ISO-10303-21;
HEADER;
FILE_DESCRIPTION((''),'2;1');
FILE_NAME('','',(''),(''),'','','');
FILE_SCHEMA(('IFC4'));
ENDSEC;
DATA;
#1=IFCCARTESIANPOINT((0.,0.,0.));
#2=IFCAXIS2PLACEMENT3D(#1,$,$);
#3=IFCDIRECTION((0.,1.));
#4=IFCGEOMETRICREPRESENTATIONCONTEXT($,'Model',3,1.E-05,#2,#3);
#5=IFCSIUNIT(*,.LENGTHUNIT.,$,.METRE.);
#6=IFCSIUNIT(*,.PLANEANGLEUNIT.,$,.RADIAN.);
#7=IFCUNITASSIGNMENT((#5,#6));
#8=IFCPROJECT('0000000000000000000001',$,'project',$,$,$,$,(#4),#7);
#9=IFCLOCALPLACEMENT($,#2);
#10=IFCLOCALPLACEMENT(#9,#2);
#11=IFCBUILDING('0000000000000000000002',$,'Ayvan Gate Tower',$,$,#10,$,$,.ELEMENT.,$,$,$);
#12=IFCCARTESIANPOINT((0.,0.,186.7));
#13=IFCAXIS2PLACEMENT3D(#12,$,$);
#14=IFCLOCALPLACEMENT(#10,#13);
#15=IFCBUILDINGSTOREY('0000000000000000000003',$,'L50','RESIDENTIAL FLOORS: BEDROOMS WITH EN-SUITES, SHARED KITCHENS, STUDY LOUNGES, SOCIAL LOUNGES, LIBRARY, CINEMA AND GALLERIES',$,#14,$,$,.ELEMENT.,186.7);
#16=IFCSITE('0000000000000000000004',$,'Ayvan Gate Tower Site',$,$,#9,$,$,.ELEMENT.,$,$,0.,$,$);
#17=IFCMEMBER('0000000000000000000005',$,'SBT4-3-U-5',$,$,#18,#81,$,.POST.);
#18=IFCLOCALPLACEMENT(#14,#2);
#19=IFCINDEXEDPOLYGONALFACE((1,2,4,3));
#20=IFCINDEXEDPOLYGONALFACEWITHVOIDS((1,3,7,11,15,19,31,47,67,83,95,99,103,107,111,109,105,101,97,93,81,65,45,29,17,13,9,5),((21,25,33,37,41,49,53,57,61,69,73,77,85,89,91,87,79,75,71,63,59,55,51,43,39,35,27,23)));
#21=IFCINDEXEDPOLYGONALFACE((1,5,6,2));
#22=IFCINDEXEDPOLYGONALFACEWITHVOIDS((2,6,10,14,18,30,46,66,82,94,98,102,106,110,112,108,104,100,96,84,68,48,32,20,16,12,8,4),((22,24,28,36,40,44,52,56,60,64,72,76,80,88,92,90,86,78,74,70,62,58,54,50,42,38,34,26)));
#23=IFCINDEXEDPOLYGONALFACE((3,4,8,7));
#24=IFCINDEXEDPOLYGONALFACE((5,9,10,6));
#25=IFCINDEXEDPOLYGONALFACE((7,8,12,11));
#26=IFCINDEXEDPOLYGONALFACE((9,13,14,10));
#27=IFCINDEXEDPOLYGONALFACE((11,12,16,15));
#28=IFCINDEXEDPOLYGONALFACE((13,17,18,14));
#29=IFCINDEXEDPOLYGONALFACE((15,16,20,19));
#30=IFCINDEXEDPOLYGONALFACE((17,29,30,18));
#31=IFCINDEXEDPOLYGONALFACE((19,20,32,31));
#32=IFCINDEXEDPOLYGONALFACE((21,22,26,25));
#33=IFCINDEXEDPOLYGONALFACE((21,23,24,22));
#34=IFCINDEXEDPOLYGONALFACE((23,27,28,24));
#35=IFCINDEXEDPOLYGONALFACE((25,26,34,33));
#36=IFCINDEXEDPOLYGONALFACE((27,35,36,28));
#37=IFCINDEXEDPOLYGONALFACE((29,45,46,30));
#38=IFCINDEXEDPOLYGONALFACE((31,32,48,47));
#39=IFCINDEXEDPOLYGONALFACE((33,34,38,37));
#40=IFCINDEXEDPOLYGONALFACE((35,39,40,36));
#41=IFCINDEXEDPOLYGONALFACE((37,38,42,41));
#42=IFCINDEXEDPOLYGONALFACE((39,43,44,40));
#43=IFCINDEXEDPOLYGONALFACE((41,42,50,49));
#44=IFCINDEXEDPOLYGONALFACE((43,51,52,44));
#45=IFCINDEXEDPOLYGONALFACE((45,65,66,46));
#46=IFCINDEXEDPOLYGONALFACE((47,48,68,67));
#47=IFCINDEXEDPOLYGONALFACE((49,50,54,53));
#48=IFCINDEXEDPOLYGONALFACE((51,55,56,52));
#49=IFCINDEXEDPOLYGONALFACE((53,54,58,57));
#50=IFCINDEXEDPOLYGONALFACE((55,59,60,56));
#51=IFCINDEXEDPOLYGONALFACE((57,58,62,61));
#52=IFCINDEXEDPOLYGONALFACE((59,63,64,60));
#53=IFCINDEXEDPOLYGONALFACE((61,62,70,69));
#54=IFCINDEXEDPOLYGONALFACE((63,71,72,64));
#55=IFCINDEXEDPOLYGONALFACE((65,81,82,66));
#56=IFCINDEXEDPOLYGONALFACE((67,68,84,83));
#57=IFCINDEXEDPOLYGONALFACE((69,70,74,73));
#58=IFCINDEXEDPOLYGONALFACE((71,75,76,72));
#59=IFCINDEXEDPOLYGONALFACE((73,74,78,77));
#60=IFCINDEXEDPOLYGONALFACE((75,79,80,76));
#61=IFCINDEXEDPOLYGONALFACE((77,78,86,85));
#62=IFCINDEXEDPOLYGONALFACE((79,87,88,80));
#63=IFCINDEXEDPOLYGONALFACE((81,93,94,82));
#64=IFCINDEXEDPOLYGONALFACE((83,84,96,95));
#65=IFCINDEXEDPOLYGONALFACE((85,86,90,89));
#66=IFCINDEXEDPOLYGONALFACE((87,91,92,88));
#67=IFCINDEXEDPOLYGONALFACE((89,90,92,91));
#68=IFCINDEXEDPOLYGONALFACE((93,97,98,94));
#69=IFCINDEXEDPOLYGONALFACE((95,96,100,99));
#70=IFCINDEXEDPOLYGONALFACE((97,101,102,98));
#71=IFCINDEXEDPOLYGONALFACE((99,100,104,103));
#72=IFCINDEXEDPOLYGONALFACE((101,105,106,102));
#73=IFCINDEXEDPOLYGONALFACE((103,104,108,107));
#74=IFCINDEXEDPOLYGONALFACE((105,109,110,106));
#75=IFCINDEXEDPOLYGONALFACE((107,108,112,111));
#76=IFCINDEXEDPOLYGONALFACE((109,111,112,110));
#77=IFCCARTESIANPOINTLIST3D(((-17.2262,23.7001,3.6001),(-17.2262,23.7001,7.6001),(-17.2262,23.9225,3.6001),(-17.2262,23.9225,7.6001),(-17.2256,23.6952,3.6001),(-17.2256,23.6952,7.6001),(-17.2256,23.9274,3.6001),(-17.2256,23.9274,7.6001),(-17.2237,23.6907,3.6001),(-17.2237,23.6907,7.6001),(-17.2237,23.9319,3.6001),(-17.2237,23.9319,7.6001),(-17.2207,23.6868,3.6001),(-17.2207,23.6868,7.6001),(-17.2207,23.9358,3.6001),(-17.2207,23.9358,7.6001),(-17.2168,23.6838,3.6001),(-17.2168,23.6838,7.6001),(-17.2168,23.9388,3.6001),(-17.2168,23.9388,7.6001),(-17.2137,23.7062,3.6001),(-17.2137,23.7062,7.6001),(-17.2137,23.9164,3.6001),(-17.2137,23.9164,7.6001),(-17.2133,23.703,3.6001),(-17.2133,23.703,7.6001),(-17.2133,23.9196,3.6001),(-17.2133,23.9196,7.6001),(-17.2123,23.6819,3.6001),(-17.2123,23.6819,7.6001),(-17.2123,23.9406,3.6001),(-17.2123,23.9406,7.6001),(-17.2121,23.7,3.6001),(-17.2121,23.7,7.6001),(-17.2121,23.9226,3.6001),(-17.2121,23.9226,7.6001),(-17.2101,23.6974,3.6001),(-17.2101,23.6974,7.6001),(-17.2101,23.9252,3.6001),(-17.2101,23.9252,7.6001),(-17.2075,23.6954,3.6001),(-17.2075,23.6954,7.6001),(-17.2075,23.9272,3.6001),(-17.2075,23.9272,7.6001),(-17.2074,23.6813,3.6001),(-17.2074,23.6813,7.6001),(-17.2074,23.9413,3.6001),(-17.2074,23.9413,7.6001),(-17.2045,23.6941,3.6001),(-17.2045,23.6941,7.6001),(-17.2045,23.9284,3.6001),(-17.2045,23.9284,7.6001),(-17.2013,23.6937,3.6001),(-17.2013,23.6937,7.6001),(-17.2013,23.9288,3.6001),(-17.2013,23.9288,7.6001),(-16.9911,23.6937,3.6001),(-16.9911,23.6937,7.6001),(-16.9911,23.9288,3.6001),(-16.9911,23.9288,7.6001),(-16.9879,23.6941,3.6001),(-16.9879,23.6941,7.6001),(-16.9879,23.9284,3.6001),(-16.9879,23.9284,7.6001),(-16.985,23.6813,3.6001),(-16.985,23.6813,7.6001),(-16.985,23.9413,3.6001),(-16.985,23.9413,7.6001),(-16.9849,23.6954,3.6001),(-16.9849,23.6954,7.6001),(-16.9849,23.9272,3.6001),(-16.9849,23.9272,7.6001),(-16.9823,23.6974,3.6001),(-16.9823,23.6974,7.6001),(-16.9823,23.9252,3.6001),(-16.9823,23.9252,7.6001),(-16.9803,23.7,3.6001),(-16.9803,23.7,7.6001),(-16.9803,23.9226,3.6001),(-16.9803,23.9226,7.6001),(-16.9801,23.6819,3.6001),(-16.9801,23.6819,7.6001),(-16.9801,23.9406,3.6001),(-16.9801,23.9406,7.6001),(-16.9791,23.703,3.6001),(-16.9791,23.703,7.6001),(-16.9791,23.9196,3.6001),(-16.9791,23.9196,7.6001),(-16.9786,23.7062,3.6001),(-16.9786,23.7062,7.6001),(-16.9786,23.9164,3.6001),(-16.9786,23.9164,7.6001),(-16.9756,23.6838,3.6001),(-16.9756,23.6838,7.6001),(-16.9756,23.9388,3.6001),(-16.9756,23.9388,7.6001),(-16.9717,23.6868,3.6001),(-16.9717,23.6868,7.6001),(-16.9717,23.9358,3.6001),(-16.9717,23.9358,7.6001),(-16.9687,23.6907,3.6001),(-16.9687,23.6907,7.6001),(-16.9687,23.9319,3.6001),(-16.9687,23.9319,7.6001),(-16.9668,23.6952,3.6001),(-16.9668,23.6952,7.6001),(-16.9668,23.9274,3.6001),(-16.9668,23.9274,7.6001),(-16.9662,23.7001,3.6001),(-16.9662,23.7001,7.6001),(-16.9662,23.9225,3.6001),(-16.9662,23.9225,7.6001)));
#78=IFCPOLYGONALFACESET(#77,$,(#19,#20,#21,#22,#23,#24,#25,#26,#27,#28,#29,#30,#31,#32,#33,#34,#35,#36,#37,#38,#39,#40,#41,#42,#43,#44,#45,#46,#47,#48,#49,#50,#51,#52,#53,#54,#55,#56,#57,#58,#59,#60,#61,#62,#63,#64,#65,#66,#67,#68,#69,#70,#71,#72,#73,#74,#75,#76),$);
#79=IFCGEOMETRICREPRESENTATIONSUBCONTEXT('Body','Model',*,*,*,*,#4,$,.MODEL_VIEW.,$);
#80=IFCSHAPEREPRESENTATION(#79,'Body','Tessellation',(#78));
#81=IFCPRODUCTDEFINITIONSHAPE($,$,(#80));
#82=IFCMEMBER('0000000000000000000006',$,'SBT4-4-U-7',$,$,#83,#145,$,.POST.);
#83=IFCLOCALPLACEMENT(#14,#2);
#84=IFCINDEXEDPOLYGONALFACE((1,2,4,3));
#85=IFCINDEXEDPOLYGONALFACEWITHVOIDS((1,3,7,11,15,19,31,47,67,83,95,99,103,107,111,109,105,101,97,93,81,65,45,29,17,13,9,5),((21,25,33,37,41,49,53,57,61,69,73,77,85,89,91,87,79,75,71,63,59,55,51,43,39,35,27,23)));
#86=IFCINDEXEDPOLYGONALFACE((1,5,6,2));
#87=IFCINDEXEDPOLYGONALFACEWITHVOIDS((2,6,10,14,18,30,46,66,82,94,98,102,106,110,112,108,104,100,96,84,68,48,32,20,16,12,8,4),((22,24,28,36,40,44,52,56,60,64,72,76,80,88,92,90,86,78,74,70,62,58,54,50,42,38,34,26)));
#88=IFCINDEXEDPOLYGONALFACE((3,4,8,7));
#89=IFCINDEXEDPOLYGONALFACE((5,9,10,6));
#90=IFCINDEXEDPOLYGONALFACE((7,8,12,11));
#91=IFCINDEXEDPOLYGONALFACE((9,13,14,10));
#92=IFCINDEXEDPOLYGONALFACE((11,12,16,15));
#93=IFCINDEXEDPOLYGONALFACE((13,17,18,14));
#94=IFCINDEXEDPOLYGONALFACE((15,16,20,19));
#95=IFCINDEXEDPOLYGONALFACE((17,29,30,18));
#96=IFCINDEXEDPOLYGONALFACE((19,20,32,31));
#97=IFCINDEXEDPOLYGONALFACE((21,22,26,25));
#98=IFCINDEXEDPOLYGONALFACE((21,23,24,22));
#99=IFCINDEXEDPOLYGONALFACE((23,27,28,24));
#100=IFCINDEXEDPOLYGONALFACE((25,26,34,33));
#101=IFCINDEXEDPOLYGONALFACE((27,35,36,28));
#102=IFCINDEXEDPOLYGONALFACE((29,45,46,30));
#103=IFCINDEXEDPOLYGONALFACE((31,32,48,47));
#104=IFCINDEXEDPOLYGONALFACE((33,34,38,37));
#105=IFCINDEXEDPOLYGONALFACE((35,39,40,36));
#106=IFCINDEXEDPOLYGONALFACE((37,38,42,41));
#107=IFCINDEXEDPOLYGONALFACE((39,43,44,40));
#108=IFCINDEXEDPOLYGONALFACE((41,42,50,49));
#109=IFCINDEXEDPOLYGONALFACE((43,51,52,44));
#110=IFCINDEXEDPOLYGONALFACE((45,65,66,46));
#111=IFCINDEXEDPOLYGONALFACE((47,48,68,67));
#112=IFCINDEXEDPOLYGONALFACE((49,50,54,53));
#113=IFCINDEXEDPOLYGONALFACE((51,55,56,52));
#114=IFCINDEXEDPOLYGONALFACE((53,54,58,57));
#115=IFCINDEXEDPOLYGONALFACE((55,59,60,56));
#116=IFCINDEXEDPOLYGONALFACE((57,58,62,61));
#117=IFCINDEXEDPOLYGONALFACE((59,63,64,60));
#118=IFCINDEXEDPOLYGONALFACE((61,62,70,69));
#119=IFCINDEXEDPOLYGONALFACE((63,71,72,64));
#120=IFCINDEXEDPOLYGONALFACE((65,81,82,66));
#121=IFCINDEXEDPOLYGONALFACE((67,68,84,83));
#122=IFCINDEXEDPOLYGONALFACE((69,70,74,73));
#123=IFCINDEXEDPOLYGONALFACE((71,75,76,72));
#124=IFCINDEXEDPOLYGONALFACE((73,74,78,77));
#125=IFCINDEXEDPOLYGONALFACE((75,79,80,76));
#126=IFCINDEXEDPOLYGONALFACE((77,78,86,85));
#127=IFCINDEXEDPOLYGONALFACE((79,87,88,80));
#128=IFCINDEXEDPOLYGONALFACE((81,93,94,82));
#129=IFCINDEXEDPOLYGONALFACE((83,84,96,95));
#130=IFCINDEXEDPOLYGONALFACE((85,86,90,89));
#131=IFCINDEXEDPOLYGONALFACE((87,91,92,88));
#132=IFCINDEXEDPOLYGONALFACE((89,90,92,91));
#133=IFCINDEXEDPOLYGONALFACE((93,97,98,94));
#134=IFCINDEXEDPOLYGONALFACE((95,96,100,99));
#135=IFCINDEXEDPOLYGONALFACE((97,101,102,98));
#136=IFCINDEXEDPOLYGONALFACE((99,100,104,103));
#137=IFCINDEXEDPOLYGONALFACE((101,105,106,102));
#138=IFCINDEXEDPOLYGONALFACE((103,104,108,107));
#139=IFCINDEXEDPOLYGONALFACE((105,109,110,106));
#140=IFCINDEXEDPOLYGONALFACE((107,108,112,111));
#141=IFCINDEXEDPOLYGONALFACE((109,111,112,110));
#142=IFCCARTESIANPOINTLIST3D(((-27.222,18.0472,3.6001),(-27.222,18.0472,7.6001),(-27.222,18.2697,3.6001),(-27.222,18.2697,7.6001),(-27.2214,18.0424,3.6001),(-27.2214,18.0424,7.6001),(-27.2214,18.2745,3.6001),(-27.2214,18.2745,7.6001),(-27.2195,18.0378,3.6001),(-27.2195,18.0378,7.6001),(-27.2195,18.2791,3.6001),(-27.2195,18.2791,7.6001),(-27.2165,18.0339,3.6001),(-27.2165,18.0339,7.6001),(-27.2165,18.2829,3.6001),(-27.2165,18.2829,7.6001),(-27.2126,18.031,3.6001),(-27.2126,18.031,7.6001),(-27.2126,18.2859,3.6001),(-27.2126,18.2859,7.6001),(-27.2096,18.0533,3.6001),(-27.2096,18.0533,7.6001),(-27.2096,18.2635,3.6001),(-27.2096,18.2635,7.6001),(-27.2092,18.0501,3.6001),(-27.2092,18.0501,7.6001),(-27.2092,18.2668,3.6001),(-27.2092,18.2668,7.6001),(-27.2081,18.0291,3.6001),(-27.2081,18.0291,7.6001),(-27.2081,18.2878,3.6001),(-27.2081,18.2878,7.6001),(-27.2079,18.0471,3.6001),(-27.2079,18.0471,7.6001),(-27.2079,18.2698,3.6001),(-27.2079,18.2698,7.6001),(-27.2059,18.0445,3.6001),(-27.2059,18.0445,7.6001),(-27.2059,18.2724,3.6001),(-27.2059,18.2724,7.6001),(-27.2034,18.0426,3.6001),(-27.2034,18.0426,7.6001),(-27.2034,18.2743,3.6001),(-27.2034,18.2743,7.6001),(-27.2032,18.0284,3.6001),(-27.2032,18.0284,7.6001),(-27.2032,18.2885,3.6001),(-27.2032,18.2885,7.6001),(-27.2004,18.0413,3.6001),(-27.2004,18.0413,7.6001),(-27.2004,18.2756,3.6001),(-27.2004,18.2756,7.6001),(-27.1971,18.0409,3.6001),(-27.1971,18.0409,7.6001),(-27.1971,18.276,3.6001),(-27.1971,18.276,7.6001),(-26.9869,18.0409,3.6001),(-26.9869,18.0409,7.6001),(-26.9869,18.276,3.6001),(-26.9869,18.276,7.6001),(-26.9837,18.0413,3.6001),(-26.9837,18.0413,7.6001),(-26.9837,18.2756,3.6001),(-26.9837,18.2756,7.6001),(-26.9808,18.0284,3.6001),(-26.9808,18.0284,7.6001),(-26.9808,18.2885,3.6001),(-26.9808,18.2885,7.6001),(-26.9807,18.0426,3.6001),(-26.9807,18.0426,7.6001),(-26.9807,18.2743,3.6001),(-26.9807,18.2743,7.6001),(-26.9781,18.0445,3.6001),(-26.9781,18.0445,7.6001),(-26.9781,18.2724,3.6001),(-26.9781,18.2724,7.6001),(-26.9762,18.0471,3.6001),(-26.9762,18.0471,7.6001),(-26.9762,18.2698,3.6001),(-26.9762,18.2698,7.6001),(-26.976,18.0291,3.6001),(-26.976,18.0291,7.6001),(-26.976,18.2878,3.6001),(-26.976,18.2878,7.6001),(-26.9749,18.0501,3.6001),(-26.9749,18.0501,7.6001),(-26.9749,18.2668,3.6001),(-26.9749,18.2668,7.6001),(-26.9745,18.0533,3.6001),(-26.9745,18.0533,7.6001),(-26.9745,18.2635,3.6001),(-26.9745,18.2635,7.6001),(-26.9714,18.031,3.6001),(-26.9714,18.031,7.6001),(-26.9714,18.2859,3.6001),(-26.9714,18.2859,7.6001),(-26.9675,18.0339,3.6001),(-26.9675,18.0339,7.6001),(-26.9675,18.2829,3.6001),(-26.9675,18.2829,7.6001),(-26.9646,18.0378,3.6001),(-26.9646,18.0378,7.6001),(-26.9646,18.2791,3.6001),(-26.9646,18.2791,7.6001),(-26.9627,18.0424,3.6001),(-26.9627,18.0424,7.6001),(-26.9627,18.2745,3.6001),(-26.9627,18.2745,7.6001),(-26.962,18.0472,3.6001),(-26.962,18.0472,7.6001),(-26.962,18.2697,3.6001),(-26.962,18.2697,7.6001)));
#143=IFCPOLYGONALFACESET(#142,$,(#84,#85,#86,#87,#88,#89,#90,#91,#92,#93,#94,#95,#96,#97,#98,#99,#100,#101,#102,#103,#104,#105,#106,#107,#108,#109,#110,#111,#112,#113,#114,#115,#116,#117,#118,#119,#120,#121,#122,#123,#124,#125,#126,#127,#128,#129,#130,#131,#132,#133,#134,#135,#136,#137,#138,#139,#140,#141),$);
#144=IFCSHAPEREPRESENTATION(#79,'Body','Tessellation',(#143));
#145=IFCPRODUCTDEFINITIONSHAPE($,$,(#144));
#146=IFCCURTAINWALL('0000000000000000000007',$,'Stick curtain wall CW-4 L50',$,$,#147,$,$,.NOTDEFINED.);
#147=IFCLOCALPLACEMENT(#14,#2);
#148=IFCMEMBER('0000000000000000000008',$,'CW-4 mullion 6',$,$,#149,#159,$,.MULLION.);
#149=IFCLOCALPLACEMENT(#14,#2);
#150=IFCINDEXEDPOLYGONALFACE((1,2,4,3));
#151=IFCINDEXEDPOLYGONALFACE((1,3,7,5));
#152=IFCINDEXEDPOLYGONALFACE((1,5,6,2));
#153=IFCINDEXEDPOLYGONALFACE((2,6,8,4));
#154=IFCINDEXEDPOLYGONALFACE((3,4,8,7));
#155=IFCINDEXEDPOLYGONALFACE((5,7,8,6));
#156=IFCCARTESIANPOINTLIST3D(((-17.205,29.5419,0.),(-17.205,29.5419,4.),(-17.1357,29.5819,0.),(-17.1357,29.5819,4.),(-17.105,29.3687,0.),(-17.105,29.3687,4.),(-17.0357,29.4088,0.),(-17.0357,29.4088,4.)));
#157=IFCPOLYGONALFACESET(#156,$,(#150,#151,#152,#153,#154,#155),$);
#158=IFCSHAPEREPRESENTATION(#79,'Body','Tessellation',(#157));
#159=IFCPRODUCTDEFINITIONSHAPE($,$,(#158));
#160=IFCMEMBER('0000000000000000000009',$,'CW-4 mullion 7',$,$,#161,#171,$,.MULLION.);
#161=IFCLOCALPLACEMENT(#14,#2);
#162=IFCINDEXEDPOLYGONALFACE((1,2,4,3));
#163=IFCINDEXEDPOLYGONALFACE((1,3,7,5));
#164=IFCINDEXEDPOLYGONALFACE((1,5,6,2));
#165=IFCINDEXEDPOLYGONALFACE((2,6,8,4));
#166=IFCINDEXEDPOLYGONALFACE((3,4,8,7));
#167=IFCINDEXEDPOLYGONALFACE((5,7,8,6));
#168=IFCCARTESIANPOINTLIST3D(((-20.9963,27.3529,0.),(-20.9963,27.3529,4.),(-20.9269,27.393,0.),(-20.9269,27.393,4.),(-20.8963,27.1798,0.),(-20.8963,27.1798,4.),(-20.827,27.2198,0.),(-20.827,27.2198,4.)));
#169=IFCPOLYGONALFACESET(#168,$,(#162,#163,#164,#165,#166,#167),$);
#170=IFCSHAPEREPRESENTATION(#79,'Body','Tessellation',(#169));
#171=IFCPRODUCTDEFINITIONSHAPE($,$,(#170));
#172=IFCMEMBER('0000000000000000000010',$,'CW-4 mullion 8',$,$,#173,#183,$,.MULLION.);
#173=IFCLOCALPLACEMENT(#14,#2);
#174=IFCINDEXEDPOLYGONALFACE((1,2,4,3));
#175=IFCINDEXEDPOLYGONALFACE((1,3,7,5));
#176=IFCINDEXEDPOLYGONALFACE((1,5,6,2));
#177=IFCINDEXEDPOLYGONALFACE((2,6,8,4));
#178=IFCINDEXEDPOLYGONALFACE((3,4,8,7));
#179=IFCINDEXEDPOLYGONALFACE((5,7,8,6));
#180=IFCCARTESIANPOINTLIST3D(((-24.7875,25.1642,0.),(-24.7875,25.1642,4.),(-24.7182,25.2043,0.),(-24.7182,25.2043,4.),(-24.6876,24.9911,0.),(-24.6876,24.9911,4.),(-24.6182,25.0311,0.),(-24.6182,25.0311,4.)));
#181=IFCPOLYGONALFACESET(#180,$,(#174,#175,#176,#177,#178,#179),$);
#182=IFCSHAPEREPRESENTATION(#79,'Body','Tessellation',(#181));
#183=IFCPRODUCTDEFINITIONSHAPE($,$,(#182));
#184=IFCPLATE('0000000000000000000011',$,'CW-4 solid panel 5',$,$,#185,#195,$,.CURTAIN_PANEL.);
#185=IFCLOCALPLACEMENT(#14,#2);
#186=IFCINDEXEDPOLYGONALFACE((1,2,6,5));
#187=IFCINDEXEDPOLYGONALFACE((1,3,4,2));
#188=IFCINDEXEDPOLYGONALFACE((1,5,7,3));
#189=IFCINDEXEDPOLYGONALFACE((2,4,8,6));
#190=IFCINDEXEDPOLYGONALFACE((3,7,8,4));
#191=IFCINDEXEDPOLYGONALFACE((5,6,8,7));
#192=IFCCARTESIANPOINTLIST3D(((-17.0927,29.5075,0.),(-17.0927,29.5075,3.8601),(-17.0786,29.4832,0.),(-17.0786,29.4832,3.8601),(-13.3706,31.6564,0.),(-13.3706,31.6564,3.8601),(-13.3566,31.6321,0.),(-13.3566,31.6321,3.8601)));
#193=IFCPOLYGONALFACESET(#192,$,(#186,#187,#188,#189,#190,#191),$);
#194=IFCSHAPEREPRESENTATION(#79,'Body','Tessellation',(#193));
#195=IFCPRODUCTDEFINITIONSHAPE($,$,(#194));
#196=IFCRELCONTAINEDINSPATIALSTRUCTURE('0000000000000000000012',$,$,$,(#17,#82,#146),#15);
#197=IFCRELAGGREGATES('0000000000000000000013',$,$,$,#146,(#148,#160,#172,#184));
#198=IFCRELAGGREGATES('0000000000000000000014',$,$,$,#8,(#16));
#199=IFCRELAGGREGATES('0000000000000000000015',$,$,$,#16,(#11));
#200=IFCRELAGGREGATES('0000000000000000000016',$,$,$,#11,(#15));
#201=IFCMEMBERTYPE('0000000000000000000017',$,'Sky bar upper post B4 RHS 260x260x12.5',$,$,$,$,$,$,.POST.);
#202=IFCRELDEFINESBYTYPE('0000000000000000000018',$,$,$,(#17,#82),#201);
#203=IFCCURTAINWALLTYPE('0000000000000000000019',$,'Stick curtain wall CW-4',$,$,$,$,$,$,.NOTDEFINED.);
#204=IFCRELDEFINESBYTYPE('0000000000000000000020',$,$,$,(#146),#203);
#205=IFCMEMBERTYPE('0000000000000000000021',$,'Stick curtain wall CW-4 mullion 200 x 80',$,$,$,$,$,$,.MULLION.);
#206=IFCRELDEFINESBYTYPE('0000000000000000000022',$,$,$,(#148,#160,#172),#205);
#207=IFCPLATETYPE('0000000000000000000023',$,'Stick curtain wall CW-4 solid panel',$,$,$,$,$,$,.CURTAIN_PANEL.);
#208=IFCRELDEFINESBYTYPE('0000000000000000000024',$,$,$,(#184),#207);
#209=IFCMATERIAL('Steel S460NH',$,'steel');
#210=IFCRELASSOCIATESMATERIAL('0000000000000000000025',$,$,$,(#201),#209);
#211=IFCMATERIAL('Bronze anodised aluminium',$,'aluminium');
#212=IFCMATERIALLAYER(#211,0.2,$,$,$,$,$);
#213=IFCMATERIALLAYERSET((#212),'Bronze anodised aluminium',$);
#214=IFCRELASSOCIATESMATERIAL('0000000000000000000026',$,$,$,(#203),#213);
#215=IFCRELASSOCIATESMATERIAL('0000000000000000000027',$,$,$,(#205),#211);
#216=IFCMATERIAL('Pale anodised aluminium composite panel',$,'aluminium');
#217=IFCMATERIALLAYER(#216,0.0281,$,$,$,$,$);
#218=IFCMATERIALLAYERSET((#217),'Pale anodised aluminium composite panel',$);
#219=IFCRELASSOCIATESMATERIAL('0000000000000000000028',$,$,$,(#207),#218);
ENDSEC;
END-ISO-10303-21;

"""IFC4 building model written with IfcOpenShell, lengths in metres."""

from ifc_helpers import new_model, si_unit, direction, frame, origin, origin_2d, place, context, subcontext, project, spatial, rectangle, hollow_rectangle, extrude, material, layer, layer_set, material_profile, profile_set, type_object, element, aggregate, save


model = new_model("IFC4")

# Units and contexts
model_context = context("Model", 3, precision=1e-05, world=origin(), true_north=direction((0.0, 1.0)))
body_context = subcontext(model_context, "Body", "Model", "MODEL_VIEW")
ifc_project = project(units=[si_unit("LENGTHUNIT", "METRE"), si_unit("PLANEANGLEUNIT", "RADIAN")], contexts=[model_context])

# Site, building, storey
site_placement = place(None, origin())
site = spatial("IfcSite", under=ifc_project, at=site_placement, Name="Ayvan Gate Tower Site", CompositionType="ELEMENT", RefElevation=0.0)
building_placement = place(site_placement, origin())
building = spatial("IfcBuilding", under=site, at=building_placement, Name="Ayvan Gate Tower", CompositionType="ELEMENT")
storey_placement = place(building_placement, frame((0.0, 0.0, 186.7)))
storey = spatial("IfcBuildingStorey", under=building, at=storey_placement, Name="L50", Description="RESIDENTIAL FLOORS: BEDROOMS WITH EN-SUITES, SHARED KITCHENS, STUDY LOUNGES, SOCIAL LOUNGES, LIBRARY, CINEMA AND GALLERIES", CompositionType="ELEMENT", Elevation=186.7)

# Members
ifc_material_1 = material(Name="Steel S460NH", Category="steel")
ifc_material_profile_1 = material_profile(ifc_material_1, hollow_rectangle(XDim=0.26, YDim=0.26, WallThickness=0.0125, InnerFilletRadius=0.0125, OuterFilletRadius=0.0188, at=origin_2d()), Name="RHS 260x260x12.5")
ifc_profile_set_1 = profile_set([ifc_material_profile_1], Name="Steel S460NH")
member_type_1 = type_object("IfcMemberType", Name="Sky bar upper post B4 RHS 260x260x12.5", PredefinedType="POST", material=ifc_profile_set_1)
for number, where, z_axis, x_axis, name in (
    (1, (-17.0962, 23.8113, 3.6001), (0.0, 0.0, 1.0), (1.0, 0.0, 0.0), "SBT4-3-U-5"),
    (2, (-27.092, 18.1584, 3.6001), (0.0, 0.0, 1.0), (1.0, 0.0, 0.0), "SBT4-4-U-7"),
):
    element("IfcMember", number, at=place(storey_placement, frame(where, z_axis=z_axis, x_axis=x_axis)), inside=storey, type_object=member_type_1, Name=name, PredefinedType="POST", context=body_context, shape_type="SweptSolid", body=[
        extrude(hollow_rectangle(XDim=0.26, YDim=0.26, WallThickness=0.0125, InnerFilletRadius=0.0125, OuterFilletRadius=0.0188, at=origin_2d()), origin(), (0.0, 0.0, 1.0), 4.0),
    ])

# Curtain wall, members, plate
ifc_material_2 = material(Name="Bronze anodised aluminium", Category="aluminium")
ifc_layer_1 = layer(ifc_material_2, 0.2)
ifc_layer_set_1 = layer_set([ifc_layer_1], Name="Bronze anodised aluminium")
curtain_wall_type = type_object("IfcCurtainWallType", Name="Stick curtain wall CW-4", PredefinedType="NOTDEFINED", material=ifc_layer_set_1)
curtain_wall_placement = place(storey_placement, origin())
curtain_wall = element("IfcCurtainWall", 3, at=curtain_wall_placement, inside=storey, type_object=curtain_wall_type, Name="Stick curtain wall CW-4 L50", PredefinedType="NOTDEFINED")
ifc_material_profile_2 = material_profile(ifc_material_2, rectangle(XDim=0.2, YDim=0.0801, at=origin_2d()), Name="Stick curtain wall CW-4 mullion 200 x 80")
ifc_profile_set_2 = profile_set([ifc_material_profile_2], Name="Bronze anodised aluminium")
member_type_2 = type_object("IfcMemberType", Name="Stick curtain wall CW-4 mullion 200 x 80", PredefinedType="MULLION", material=ifc_profile_set_2)
member_1_placement = place(storey_placement, frame((-17.1204, 29.4753, 0.0), z_axis=(0.0, 0.0, 1.0), x_axis=(-0.5, 0.866025, 0.0)))
member_1 = element("IfcMember", 4, at=member_1_placement, type_object=member_type_2, Name="CW-4 mullion 6", PredefinedType="MULLION", context=body_context, shape_type="SweptSolid", body=[
    extrude(rectangle(XDim=0.2, YDim=0.0801, at=origin_2d()), origin(), (0.0, 0.0, 1.0), 4.0),
])
member_2_placement = place(storey_placement, frame((-20.9116, 27.2864, 0.0), z_axis=(0.0, 0.0, 1.0), x_axis=(-0.5, 0.866025, 0.0)))
member_2 = element("IfcMember", 5, at=member_2_placement, type_object=member_type_2, Name="CW-4 mullion 7", PredefinedType="MULLION", context=body_context, shape_type="SweptSolid", body=[
    extrude(rectangle(XDim=0.2, YDim=0.0801, at=origin_2d()), origin(), (0.0, 0.0, 1.0), 4.0),
])
member_3_placement = place(storey_placement, frame((-24.7029, 25.0977, 0.0), z_axis=(0.0, 0.0, 1.0), x_axis=(-0.5, 0.866025, 0.0)))
member_3 = element("IfcMember", 6, at=member_3_placement, type_object=member_type_2, Name="CW-4 mullion 8", PredefinedType="MULLION", context=body_context, shape_type="SweptSolid", body=[
    extrude(rectangle(XDim=0.2, YDim=0.0801, at=origin_2d()), origin(), (0.0, 0.0, 1.0), 4.0),
])
ifc_material_3 = material(Name="Pale anodised aluminium composite panel", Category="aluminium")
ifc_layer_2 = layer(ifc_material_3, 0.0281)
ifc_layer_set_2 = layer_set([ifc_layer_2], Name="Pale anodised aluminium composite panel")
plate_type = type_object("IfcPlateType", Name="Stick curtain wall CW-4 solid panel", PredefinedType="CURTAIN_PANEL", material=ifc_layer_set_2)
plate_1_placement = place(storey_placement, frame((-15.2246, 30.5698, 0.0), z_axis=(0.0, 0.0, 1.0), x_axis=(-0.866025, -0.5, 0.0)))
plate_1 = element("IfcPlate", 7, at=plate_1_placement, type_object=plate_type, Name="CW-4 solid panel 5", PredefinedType="CURTAIN_PANEL", context=body_context, shape_type="SweptSolid", body=[
    extrude(rectangle(XDim=4.2979, YDim=0.0281, at=origin_2d()), origin(), (0.0, 0.0, 1.0), 3.8601),
])
aggregate(curtain_wall, [member_1, member_2, member_3, plate_1])

save(model, "model.ifc")
